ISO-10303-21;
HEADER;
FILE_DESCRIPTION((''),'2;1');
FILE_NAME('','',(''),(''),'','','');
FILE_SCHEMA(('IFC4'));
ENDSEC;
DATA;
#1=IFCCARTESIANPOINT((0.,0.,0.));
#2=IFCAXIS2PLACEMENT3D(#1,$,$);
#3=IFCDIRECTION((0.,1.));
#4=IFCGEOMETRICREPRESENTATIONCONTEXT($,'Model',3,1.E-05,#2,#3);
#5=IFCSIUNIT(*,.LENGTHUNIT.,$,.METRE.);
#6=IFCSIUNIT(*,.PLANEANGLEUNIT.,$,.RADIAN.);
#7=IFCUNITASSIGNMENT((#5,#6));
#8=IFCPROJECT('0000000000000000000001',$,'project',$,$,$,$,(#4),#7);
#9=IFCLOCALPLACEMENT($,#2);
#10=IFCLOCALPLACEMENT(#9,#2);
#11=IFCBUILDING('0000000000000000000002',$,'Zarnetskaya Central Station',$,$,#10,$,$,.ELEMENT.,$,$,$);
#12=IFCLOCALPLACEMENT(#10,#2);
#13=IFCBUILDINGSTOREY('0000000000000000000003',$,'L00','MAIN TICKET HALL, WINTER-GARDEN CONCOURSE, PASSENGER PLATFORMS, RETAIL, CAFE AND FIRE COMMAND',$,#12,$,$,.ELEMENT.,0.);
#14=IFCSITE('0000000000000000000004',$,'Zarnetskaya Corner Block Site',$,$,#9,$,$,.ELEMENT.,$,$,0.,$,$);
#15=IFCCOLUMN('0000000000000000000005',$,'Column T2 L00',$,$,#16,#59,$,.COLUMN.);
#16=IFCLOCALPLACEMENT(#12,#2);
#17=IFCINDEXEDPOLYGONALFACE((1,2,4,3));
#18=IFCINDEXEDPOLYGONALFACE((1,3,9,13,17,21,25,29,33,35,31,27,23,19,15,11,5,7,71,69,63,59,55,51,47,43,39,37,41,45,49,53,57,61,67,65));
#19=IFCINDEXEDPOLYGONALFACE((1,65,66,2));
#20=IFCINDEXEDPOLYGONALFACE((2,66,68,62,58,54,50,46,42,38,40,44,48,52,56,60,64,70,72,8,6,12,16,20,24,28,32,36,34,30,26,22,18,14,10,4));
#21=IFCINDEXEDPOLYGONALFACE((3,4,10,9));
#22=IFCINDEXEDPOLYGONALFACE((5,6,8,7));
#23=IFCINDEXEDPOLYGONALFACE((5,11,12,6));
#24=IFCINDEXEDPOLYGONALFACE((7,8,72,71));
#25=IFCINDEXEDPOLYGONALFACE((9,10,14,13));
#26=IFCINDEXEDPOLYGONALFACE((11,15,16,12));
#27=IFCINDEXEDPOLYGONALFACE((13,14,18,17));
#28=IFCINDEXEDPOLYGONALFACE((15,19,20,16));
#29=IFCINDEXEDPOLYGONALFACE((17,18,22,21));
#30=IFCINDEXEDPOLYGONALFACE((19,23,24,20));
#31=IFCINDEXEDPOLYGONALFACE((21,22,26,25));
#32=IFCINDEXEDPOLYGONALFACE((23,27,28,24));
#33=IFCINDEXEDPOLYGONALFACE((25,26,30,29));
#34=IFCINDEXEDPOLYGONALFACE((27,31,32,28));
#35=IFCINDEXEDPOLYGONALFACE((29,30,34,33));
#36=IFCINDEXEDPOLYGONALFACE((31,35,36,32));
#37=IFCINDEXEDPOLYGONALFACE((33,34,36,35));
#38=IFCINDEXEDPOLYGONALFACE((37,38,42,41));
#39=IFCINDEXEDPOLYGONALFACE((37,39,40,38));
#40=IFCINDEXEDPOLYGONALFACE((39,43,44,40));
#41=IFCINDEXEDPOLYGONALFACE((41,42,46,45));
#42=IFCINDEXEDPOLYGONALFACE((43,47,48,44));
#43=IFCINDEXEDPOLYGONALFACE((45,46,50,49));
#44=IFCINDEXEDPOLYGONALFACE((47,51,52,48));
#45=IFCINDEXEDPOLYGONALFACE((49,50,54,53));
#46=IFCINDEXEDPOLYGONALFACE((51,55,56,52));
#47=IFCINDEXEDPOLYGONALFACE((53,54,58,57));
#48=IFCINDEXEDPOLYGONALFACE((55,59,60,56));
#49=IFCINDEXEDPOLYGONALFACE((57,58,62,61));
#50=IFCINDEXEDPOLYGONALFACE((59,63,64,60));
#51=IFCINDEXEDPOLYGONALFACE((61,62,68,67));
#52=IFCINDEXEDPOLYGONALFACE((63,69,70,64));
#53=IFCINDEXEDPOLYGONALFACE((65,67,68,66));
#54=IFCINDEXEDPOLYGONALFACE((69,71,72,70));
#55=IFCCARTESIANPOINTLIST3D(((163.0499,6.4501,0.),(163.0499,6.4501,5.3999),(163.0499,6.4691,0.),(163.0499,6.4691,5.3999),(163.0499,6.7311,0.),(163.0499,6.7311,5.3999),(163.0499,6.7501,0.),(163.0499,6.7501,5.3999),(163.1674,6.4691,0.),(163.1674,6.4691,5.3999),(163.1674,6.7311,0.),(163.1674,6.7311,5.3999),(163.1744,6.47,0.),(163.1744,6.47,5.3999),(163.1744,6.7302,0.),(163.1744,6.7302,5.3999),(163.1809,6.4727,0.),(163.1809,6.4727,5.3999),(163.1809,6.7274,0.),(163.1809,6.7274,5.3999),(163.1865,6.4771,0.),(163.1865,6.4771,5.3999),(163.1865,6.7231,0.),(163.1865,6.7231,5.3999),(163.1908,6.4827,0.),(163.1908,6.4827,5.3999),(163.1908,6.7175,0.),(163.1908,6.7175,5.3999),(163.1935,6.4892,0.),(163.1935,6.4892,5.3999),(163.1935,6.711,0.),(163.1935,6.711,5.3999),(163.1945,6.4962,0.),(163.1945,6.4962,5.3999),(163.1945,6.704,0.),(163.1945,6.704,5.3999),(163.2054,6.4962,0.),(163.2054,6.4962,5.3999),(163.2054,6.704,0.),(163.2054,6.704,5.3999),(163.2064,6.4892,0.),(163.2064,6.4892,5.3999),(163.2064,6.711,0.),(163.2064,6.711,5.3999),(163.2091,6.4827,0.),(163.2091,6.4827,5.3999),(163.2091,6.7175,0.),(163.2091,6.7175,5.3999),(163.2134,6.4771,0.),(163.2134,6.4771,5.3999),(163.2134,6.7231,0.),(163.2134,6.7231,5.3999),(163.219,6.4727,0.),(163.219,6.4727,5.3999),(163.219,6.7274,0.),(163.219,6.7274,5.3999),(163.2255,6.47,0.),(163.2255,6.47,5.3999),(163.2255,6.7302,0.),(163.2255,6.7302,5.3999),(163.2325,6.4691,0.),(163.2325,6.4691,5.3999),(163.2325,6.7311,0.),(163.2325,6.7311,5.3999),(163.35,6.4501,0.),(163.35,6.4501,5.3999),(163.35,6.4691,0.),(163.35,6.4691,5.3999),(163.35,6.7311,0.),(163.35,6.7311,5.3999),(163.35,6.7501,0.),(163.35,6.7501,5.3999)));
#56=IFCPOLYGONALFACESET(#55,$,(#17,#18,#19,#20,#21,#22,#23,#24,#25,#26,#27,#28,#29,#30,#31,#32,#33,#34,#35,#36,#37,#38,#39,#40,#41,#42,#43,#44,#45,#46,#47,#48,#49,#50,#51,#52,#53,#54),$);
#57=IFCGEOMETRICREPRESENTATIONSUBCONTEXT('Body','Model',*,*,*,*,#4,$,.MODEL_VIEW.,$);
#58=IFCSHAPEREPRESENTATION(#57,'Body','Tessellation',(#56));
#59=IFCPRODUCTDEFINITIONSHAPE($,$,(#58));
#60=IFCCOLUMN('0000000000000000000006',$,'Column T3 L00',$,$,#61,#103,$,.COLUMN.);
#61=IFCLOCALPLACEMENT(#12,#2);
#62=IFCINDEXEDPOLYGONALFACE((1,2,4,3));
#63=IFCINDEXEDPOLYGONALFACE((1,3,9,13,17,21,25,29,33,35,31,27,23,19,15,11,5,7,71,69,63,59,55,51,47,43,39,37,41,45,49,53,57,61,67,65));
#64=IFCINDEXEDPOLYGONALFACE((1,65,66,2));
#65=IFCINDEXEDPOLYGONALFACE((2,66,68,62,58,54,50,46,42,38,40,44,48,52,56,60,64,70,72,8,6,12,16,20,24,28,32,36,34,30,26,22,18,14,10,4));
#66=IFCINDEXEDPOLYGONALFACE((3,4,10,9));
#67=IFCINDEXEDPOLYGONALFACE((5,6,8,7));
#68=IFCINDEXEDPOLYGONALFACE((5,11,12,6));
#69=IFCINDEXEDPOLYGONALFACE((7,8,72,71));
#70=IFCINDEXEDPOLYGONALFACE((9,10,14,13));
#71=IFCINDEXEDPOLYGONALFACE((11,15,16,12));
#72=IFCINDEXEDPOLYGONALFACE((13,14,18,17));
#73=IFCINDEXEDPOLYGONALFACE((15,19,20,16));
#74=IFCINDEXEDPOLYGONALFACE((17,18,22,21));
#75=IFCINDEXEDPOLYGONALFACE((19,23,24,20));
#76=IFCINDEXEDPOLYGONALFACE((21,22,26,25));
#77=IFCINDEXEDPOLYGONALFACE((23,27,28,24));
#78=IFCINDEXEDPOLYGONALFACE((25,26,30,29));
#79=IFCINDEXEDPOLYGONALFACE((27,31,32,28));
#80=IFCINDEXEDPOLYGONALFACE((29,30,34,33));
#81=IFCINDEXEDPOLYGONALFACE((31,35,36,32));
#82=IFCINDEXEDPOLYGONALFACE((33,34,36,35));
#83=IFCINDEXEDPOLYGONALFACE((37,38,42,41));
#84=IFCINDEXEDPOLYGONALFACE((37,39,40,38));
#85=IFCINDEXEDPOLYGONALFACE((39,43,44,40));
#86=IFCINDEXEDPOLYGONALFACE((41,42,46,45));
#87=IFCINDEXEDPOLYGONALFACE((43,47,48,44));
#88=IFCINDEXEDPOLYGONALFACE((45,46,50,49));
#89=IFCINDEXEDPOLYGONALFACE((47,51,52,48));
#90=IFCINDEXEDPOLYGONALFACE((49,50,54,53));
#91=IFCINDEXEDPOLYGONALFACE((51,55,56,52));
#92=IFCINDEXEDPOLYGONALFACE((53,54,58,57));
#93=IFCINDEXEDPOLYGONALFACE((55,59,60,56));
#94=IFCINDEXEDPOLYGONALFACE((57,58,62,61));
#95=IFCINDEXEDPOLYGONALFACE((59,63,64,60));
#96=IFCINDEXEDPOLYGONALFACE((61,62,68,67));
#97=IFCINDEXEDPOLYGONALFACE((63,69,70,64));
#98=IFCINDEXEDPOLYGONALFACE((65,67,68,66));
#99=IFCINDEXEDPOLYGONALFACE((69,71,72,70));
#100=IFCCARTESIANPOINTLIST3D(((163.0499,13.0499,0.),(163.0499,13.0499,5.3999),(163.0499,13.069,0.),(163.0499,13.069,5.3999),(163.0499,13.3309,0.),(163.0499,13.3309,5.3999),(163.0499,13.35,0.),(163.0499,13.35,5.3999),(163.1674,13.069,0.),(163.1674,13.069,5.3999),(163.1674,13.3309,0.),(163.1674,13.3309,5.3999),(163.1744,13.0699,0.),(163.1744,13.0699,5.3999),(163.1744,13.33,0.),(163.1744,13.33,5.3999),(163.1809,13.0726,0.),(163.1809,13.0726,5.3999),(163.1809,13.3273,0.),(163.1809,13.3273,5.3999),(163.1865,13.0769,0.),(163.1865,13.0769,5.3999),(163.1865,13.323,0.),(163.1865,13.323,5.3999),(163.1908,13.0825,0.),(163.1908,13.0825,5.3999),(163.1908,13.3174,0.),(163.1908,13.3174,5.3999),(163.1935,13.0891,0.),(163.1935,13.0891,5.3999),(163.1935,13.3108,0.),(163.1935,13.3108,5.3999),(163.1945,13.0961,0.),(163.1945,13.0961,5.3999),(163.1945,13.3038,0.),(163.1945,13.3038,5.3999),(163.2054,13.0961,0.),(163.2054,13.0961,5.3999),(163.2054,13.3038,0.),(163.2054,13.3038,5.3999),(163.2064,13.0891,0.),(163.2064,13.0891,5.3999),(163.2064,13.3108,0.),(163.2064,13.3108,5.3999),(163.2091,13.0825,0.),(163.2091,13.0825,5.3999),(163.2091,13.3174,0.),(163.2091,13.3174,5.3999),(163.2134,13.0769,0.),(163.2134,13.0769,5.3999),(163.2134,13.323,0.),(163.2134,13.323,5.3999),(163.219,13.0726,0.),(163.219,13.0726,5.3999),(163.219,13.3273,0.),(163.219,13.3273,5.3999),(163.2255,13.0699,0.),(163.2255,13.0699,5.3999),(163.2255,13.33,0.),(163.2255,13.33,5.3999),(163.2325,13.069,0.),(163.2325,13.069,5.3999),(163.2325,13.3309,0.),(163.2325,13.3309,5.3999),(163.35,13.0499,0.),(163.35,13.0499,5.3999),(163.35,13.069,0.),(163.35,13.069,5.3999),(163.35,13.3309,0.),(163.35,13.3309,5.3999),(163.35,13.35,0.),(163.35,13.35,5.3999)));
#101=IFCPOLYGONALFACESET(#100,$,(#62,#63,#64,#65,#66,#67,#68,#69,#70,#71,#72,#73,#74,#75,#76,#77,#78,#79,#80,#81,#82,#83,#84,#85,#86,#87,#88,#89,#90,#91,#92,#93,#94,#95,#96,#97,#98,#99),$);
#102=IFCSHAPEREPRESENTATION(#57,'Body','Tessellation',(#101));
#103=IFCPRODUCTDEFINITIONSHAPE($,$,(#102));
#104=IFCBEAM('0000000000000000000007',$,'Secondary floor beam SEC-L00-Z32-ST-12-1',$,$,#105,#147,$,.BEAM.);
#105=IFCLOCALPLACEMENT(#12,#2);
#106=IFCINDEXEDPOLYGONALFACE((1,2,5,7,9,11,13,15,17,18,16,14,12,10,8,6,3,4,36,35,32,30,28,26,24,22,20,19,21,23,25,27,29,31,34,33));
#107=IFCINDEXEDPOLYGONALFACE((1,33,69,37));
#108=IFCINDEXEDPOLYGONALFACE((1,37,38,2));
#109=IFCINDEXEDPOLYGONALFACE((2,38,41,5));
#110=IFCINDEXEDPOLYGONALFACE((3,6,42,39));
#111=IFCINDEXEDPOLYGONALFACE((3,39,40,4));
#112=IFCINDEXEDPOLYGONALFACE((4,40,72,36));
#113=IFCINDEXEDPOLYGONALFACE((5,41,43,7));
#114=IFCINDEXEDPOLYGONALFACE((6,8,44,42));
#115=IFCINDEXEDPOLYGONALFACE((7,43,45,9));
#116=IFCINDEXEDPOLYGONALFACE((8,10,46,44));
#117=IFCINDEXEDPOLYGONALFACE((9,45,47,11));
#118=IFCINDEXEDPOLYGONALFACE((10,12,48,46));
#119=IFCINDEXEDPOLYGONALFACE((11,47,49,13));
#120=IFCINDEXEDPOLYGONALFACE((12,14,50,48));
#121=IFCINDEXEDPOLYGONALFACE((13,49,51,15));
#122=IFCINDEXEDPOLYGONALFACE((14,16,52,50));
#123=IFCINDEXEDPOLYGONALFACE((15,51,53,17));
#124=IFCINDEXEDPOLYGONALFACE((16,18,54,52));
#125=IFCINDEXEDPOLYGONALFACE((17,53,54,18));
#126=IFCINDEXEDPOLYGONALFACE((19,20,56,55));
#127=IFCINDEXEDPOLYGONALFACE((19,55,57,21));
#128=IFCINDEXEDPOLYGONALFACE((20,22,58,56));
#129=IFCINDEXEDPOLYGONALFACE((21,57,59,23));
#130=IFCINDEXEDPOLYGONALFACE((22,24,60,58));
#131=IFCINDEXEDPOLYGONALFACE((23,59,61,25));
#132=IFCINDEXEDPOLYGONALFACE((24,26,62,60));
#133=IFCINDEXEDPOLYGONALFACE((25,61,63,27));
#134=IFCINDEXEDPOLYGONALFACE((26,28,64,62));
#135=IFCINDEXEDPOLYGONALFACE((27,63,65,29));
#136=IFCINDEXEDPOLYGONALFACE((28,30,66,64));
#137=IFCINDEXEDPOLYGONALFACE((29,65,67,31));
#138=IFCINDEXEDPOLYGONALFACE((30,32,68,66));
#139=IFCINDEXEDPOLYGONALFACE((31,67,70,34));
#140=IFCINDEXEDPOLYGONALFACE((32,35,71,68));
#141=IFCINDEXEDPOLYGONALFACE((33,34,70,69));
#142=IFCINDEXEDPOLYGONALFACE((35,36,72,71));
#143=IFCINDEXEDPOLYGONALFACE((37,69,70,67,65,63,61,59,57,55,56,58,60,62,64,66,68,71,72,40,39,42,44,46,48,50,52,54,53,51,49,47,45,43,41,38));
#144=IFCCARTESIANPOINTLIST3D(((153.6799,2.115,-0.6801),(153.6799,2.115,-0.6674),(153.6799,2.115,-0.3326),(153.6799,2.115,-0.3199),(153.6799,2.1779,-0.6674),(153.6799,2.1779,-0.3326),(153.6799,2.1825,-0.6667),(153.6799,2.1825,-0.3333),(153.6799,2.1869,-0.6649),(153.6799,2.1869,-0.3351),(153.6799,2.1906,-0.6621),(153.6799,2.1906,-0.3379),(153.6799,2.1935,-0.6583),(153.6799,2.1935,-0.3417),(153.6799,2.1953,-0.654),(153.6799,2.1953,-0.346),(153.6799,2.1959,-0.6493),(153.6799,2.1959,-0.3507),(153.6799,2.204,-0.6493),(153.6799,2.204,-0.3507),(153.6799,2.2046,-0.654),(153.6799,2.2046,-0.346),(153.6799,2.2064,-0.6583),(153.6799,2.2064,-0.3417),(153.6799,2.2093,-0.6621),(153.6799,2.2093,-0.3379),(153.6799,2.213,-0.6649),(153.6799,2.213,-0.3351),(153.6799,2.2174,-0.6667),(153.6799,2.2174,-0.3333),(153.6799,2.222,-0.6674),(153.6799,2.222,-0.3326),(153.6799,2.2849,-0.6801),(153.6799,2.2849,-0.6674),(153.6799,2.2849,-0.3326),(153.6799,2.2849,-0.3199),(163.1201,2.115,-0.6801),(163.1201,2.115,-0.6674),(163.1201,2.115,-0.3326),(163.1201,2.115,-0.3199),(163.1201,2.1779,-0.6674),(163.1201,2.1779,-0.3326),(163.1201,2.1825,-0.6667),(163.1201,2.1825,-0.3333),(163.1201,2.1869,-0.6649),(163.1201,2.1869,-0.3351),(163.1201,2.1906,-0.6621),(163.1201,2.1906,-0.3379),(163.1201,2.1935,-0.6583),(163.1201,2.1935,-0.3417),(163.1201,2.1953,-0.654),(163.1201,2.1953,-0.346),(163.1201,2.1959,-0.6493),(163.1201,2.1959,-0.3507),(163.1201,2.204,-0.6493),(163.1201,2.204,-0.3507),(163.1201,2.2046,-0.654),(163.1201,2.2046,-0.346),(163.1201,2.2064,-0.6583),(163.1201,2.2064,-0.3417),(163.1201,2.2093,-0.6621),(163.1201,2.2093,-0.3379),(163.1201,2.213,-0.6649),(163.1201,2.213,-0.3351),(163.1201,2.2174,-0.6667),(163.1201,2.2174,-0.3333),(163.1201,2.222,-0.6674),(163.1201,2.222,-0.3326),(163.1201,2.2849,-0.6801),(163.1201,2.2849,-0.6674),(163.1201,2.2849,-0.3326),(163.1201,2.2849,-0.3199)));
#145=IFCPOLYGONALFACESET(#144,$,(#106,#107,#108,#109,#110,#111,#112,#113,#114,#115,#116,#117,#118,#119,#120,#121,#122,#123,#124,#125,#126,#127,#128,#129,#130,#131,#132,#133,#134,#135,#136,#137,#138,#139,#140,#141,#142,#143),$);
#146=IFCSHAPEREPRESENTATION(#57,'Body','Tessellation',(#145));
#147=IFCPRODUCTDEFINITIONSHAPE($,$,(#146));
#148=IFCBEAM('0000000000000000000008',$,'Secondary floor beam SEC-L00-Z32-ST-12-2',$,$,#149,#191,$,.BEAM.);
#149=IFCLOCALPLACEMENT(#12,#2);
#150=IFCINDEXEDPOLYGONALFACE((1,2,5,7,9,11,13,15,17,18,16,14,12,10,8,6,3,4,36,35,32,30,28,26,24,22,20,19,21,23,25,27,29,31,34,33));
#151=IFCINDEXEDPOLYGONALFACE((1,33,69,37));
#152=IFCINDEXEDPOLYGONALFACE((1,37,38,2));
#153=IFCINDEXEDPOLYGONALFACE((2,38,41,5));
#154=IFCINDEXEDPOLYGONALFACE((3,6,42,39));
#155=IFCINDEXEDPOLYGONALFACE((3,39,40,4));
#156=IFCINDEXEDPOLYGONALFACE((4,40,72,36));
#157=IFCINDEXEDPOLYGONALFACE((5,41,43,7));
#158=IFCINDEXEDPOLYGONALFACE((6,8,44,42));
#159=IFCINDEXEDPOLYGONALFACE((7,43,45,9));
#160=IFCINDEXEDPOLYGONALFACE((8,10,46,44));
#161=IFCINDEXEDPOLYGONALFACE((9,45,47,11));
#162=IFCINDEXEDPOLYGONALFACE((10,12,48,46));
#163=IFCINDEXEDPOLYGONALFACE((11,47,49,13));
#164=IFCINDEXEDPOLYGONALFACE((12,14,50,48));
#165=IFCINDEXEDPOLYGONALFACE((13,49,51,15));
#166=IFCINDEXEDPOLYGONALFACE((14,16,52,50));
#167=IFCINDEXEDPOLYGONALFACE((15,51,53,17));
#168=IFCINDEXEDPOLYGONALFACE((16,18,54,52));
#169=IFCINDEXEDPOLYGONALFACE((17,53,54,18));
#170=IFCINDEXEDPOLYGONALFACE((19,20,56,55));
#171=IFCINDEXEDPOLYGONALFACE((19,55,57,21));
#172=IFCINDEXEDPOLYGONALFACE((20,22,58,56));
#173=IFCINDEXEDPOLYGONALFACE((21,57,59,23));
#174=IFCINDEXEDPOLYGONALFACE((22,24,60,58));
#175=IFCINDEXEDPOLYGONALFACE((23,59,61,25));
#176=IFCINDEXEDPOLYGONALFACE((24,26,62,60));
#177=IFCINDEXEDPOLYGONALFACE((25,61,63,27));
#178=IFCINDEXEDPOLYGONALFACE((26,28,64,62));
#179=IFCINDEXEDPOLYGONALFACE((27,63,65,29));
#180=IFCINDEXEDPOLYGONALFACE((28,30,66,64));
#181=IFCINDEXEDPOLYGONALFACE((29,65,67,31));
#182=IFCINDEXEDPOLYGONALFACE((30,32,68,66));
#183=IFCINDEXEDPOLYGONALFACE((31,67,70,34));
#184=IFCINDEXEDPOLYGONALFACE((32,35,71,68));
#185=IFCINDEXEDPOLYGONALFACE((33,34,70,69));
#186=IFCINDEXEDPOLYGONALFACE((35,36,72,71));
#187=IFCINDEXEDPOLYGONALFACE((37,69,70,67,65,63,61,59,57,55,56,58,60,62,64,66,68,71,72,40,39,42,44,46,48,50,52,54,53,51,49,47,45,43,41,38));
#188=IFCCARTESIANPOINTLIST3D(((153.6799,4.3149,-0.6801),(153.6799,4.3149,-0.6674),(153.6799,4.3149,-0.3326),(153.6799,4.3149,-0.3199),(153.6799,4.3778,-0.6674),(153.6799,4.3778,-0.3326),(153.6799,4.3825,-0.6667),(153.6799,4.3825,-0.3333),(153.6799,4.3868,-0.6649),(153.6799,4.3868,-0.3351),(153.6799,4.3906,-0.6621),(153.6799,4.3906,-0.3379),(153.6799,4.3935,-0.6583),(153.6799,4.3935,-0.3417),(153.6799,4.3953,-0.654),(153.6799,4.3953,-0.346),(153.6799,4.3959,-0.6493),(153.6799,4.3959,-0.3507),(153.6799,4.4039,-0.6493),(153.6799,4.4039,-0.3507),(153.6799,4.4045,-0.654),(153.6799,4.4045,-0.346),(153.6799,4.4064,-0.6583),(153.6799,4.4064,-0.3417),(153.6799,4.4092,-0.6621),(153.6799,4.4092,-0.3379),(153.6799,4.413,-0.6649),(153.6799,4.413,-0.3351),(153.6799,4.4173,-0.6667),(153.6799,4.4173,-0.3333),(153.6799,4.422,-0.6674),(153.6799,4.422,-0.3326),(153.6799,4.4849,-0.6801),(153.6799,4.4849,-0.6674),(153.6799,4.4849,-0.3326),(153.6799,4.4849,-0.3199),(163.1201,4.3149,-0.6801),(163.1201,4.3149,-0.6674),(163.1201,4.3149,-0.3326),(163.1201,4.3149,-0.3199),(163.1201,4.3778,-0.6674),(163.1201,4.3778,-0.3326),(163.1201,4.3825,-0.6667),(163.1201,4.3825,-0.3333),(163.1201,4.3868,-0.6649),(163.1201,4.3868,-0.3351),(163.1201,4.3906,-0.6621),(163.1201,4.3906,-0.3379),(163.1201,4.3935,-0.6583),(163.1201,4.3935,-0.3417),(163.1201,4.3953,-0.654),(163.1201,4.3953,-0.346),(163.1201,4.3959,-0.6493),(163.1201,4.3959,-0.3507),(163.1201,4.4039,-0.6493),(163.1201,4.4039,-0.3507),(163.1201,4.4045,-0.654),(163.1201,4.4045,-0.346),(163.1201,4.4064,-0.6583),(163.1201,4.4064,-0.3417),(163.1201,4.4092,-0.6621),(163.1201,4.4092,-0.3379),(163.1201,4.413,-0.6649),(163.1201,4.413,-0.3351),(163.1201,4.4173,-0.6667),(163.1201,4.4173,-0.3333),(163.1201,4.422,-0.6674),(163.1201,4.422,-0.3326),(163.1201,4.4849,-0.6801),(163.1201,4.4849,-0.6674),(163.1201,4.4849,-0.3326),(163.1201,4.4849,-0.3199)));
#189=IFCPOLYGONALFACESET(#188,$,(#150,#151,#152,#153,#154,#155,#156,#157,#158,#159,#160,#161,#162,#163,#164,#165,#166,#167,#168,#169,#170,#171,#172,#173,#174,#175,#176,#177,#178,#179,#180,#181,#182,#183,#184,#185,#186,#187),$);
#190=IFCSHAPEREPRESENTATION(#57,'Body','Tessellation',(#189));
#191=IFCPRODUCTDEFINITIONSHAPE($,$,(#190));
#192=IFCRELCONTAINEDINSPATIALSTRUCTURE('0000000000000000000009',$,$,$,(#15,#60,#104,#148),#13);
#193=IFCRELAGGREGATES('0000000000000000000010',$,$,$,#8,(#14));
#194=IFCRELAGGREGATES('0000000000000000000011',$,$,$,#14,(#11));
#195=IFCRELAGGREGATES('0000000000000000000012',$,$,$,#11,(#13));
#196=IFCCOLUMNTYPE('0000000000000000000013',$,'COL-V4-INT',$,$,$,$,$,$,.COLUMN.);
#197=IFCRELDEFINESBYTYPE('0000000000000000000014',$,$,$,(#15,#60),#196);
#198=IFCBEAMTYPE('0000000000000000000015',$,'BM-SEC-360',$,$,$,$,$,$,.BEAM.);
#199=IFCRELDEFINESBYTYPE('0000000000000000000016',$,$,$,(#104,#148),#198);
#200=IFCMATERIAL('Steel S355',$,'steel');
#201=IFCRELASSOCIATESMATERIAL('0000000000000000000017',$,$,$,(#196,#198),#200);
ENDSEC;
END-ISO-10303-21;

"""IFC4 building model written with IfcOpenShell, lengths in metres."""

from ifc_helpers import new_model, si_unit, direction, frame, origin, origin_2d, place, context, subcontext, project, spatial, i_section, extrude, material, material_profile, profile_set, type_object, element, save


model = new_model("IFC4")

# Units and contexts
model_context = context("Model", 3, precision=1e-05, world=origin(), true_north=direction((0.0, 1.0)))
body_context = subcontext(model_context, "Body", "Model", "MODEL_VIEW")
ifc_project = project(units=[si_unit("LENGTHUNIT", "METRE"), si_unit("PLANEANGLEUNIT", "RADIAN")], contexts=[model_context])

# Site, building, storey
site_placement = place(None, origin())
site = spatial("IfcSite", under=ifc_project, at=site_placement, Name="Zarnetskaya Corner Block Site", CompositionType="ELEMENT", RefElevation=0.0)
building_placement = place(site_placement, origin())
building = spatial("IfcBuilding", under=site, at=building_placement, Name="Zarnetskaya Central Station", CompositionType="ELEMENT")
storey_placement = place(building_placement, origin())
storey = spatial("IfcBuildingStorey", under=building, at=storey_placement, Name="L00", Description="MAIN TICKET HALL, WINTER-GARDEN CONCOURSE, PASSENGER PLATFORMS, RETAIL, CAFE AND FIRE COMMAND", CompositionType="ELEMENT", Elevation=0.0)

# Columns
ifc_material_1 = material(Name="Steel S355", Category="steel")
ifc_material_profile_1 = material_profile(ifc_material_1, i_section(OverallWidth=0.3, OverallDepth=0.3, WebThickness=0.011, FlangeThickness=0.019, FilletRadius=0.0271, at=origin_2d()), Name="HEB 300")
ifc_profile_set_1 = profile_set([ifc_material_profile_1], Name="Steel S355")
column_type = type_object("IfcColumnType", Name="COL-V4-INT", PredefinedType="COLUMN", material=ifc_profile_set_1)
for number, where, z_axis, x_axis, name in (
    (1, (163.2, 6.6001, 0.0), (0.0, 0.0, 1.0), (1.0, 0.0, 0.0), "Column T2 L00"),
    (2, (163.2, 13.2, 0.0), (0.0, 0.0, 1.0), (1.0, 0.0, 0.0), "Column T3 L00"),
):
    element("IfcColumn", number, at=place(storey_placement, frame(where, z_axis=z_axis, x_axis=x_axis)), inside=storey, type_object=column_type, Name=name, PredefinedType="COLUMN", context=body_context, shape_type="SweptSolid", body=[
        extrude(i_section(OverallWidth=0.3, OverallDepth=0.3, WebThickness=0.011, FlangeThickness=0.019, FilletRadius=0.0271, at=origin_2d()), origin(), (0.0, 0.0, 1.0), 5.3999),
    ])

# Beams
ifc_material_profile_2 = material_profile(ifc_material_1, i_section(OverallWidth=0.1699, OverallDepth=0.3601, WebThickness=0.0081, FlangeThickness=0.0127, FilletRadius=0.0181, at=origin_2d()), Name="IPE 360")
ifc_profile_set_2 = profile_set([ifc_material_profile_2], Name="Steel S355")
beam_type_1 = type_object("IfcBeamType", Name="BM-SEC-360", PredefinedType="BEAM", material=ifc_profile_set_2)
for number, where, z_axis, x_axis, name in (
    (3, (153.6799, 2.2, -0.5), (1.0, 0.0, 0.0), (0.0, 1.0, 0.0), "Secondary floor beam SEC-L00-Z32-ST-12-1"),
    (4, (153.6799, 4.3999, -0.5), (1.0, 0.0, 0.0), (0.0, 1.0, 0.0), "Secondary floor beam SEC-L00-Z32-ST-12-2"),
):
    element("IfcBeam", number, at=place(storey_placement, frame(where, z_axis=z_axis, x_axis=x_axis)), inside=storey, type_object=beam_type_1, Name=name, PredefinedType="BEAM", context=body_context, shape_type="SweptSolid", body=[
        extrude(i_section(OverallWidth=0.1699, OverallDepth=0.3601, WebThickness=0.0081, FlangeThickness=0.0127, FilletRadius=0.0181, at=origin_2d()), origin(), (0.0, 0.0, 1.0), 9.4402),
    ])

save(model, "model.ifc")
